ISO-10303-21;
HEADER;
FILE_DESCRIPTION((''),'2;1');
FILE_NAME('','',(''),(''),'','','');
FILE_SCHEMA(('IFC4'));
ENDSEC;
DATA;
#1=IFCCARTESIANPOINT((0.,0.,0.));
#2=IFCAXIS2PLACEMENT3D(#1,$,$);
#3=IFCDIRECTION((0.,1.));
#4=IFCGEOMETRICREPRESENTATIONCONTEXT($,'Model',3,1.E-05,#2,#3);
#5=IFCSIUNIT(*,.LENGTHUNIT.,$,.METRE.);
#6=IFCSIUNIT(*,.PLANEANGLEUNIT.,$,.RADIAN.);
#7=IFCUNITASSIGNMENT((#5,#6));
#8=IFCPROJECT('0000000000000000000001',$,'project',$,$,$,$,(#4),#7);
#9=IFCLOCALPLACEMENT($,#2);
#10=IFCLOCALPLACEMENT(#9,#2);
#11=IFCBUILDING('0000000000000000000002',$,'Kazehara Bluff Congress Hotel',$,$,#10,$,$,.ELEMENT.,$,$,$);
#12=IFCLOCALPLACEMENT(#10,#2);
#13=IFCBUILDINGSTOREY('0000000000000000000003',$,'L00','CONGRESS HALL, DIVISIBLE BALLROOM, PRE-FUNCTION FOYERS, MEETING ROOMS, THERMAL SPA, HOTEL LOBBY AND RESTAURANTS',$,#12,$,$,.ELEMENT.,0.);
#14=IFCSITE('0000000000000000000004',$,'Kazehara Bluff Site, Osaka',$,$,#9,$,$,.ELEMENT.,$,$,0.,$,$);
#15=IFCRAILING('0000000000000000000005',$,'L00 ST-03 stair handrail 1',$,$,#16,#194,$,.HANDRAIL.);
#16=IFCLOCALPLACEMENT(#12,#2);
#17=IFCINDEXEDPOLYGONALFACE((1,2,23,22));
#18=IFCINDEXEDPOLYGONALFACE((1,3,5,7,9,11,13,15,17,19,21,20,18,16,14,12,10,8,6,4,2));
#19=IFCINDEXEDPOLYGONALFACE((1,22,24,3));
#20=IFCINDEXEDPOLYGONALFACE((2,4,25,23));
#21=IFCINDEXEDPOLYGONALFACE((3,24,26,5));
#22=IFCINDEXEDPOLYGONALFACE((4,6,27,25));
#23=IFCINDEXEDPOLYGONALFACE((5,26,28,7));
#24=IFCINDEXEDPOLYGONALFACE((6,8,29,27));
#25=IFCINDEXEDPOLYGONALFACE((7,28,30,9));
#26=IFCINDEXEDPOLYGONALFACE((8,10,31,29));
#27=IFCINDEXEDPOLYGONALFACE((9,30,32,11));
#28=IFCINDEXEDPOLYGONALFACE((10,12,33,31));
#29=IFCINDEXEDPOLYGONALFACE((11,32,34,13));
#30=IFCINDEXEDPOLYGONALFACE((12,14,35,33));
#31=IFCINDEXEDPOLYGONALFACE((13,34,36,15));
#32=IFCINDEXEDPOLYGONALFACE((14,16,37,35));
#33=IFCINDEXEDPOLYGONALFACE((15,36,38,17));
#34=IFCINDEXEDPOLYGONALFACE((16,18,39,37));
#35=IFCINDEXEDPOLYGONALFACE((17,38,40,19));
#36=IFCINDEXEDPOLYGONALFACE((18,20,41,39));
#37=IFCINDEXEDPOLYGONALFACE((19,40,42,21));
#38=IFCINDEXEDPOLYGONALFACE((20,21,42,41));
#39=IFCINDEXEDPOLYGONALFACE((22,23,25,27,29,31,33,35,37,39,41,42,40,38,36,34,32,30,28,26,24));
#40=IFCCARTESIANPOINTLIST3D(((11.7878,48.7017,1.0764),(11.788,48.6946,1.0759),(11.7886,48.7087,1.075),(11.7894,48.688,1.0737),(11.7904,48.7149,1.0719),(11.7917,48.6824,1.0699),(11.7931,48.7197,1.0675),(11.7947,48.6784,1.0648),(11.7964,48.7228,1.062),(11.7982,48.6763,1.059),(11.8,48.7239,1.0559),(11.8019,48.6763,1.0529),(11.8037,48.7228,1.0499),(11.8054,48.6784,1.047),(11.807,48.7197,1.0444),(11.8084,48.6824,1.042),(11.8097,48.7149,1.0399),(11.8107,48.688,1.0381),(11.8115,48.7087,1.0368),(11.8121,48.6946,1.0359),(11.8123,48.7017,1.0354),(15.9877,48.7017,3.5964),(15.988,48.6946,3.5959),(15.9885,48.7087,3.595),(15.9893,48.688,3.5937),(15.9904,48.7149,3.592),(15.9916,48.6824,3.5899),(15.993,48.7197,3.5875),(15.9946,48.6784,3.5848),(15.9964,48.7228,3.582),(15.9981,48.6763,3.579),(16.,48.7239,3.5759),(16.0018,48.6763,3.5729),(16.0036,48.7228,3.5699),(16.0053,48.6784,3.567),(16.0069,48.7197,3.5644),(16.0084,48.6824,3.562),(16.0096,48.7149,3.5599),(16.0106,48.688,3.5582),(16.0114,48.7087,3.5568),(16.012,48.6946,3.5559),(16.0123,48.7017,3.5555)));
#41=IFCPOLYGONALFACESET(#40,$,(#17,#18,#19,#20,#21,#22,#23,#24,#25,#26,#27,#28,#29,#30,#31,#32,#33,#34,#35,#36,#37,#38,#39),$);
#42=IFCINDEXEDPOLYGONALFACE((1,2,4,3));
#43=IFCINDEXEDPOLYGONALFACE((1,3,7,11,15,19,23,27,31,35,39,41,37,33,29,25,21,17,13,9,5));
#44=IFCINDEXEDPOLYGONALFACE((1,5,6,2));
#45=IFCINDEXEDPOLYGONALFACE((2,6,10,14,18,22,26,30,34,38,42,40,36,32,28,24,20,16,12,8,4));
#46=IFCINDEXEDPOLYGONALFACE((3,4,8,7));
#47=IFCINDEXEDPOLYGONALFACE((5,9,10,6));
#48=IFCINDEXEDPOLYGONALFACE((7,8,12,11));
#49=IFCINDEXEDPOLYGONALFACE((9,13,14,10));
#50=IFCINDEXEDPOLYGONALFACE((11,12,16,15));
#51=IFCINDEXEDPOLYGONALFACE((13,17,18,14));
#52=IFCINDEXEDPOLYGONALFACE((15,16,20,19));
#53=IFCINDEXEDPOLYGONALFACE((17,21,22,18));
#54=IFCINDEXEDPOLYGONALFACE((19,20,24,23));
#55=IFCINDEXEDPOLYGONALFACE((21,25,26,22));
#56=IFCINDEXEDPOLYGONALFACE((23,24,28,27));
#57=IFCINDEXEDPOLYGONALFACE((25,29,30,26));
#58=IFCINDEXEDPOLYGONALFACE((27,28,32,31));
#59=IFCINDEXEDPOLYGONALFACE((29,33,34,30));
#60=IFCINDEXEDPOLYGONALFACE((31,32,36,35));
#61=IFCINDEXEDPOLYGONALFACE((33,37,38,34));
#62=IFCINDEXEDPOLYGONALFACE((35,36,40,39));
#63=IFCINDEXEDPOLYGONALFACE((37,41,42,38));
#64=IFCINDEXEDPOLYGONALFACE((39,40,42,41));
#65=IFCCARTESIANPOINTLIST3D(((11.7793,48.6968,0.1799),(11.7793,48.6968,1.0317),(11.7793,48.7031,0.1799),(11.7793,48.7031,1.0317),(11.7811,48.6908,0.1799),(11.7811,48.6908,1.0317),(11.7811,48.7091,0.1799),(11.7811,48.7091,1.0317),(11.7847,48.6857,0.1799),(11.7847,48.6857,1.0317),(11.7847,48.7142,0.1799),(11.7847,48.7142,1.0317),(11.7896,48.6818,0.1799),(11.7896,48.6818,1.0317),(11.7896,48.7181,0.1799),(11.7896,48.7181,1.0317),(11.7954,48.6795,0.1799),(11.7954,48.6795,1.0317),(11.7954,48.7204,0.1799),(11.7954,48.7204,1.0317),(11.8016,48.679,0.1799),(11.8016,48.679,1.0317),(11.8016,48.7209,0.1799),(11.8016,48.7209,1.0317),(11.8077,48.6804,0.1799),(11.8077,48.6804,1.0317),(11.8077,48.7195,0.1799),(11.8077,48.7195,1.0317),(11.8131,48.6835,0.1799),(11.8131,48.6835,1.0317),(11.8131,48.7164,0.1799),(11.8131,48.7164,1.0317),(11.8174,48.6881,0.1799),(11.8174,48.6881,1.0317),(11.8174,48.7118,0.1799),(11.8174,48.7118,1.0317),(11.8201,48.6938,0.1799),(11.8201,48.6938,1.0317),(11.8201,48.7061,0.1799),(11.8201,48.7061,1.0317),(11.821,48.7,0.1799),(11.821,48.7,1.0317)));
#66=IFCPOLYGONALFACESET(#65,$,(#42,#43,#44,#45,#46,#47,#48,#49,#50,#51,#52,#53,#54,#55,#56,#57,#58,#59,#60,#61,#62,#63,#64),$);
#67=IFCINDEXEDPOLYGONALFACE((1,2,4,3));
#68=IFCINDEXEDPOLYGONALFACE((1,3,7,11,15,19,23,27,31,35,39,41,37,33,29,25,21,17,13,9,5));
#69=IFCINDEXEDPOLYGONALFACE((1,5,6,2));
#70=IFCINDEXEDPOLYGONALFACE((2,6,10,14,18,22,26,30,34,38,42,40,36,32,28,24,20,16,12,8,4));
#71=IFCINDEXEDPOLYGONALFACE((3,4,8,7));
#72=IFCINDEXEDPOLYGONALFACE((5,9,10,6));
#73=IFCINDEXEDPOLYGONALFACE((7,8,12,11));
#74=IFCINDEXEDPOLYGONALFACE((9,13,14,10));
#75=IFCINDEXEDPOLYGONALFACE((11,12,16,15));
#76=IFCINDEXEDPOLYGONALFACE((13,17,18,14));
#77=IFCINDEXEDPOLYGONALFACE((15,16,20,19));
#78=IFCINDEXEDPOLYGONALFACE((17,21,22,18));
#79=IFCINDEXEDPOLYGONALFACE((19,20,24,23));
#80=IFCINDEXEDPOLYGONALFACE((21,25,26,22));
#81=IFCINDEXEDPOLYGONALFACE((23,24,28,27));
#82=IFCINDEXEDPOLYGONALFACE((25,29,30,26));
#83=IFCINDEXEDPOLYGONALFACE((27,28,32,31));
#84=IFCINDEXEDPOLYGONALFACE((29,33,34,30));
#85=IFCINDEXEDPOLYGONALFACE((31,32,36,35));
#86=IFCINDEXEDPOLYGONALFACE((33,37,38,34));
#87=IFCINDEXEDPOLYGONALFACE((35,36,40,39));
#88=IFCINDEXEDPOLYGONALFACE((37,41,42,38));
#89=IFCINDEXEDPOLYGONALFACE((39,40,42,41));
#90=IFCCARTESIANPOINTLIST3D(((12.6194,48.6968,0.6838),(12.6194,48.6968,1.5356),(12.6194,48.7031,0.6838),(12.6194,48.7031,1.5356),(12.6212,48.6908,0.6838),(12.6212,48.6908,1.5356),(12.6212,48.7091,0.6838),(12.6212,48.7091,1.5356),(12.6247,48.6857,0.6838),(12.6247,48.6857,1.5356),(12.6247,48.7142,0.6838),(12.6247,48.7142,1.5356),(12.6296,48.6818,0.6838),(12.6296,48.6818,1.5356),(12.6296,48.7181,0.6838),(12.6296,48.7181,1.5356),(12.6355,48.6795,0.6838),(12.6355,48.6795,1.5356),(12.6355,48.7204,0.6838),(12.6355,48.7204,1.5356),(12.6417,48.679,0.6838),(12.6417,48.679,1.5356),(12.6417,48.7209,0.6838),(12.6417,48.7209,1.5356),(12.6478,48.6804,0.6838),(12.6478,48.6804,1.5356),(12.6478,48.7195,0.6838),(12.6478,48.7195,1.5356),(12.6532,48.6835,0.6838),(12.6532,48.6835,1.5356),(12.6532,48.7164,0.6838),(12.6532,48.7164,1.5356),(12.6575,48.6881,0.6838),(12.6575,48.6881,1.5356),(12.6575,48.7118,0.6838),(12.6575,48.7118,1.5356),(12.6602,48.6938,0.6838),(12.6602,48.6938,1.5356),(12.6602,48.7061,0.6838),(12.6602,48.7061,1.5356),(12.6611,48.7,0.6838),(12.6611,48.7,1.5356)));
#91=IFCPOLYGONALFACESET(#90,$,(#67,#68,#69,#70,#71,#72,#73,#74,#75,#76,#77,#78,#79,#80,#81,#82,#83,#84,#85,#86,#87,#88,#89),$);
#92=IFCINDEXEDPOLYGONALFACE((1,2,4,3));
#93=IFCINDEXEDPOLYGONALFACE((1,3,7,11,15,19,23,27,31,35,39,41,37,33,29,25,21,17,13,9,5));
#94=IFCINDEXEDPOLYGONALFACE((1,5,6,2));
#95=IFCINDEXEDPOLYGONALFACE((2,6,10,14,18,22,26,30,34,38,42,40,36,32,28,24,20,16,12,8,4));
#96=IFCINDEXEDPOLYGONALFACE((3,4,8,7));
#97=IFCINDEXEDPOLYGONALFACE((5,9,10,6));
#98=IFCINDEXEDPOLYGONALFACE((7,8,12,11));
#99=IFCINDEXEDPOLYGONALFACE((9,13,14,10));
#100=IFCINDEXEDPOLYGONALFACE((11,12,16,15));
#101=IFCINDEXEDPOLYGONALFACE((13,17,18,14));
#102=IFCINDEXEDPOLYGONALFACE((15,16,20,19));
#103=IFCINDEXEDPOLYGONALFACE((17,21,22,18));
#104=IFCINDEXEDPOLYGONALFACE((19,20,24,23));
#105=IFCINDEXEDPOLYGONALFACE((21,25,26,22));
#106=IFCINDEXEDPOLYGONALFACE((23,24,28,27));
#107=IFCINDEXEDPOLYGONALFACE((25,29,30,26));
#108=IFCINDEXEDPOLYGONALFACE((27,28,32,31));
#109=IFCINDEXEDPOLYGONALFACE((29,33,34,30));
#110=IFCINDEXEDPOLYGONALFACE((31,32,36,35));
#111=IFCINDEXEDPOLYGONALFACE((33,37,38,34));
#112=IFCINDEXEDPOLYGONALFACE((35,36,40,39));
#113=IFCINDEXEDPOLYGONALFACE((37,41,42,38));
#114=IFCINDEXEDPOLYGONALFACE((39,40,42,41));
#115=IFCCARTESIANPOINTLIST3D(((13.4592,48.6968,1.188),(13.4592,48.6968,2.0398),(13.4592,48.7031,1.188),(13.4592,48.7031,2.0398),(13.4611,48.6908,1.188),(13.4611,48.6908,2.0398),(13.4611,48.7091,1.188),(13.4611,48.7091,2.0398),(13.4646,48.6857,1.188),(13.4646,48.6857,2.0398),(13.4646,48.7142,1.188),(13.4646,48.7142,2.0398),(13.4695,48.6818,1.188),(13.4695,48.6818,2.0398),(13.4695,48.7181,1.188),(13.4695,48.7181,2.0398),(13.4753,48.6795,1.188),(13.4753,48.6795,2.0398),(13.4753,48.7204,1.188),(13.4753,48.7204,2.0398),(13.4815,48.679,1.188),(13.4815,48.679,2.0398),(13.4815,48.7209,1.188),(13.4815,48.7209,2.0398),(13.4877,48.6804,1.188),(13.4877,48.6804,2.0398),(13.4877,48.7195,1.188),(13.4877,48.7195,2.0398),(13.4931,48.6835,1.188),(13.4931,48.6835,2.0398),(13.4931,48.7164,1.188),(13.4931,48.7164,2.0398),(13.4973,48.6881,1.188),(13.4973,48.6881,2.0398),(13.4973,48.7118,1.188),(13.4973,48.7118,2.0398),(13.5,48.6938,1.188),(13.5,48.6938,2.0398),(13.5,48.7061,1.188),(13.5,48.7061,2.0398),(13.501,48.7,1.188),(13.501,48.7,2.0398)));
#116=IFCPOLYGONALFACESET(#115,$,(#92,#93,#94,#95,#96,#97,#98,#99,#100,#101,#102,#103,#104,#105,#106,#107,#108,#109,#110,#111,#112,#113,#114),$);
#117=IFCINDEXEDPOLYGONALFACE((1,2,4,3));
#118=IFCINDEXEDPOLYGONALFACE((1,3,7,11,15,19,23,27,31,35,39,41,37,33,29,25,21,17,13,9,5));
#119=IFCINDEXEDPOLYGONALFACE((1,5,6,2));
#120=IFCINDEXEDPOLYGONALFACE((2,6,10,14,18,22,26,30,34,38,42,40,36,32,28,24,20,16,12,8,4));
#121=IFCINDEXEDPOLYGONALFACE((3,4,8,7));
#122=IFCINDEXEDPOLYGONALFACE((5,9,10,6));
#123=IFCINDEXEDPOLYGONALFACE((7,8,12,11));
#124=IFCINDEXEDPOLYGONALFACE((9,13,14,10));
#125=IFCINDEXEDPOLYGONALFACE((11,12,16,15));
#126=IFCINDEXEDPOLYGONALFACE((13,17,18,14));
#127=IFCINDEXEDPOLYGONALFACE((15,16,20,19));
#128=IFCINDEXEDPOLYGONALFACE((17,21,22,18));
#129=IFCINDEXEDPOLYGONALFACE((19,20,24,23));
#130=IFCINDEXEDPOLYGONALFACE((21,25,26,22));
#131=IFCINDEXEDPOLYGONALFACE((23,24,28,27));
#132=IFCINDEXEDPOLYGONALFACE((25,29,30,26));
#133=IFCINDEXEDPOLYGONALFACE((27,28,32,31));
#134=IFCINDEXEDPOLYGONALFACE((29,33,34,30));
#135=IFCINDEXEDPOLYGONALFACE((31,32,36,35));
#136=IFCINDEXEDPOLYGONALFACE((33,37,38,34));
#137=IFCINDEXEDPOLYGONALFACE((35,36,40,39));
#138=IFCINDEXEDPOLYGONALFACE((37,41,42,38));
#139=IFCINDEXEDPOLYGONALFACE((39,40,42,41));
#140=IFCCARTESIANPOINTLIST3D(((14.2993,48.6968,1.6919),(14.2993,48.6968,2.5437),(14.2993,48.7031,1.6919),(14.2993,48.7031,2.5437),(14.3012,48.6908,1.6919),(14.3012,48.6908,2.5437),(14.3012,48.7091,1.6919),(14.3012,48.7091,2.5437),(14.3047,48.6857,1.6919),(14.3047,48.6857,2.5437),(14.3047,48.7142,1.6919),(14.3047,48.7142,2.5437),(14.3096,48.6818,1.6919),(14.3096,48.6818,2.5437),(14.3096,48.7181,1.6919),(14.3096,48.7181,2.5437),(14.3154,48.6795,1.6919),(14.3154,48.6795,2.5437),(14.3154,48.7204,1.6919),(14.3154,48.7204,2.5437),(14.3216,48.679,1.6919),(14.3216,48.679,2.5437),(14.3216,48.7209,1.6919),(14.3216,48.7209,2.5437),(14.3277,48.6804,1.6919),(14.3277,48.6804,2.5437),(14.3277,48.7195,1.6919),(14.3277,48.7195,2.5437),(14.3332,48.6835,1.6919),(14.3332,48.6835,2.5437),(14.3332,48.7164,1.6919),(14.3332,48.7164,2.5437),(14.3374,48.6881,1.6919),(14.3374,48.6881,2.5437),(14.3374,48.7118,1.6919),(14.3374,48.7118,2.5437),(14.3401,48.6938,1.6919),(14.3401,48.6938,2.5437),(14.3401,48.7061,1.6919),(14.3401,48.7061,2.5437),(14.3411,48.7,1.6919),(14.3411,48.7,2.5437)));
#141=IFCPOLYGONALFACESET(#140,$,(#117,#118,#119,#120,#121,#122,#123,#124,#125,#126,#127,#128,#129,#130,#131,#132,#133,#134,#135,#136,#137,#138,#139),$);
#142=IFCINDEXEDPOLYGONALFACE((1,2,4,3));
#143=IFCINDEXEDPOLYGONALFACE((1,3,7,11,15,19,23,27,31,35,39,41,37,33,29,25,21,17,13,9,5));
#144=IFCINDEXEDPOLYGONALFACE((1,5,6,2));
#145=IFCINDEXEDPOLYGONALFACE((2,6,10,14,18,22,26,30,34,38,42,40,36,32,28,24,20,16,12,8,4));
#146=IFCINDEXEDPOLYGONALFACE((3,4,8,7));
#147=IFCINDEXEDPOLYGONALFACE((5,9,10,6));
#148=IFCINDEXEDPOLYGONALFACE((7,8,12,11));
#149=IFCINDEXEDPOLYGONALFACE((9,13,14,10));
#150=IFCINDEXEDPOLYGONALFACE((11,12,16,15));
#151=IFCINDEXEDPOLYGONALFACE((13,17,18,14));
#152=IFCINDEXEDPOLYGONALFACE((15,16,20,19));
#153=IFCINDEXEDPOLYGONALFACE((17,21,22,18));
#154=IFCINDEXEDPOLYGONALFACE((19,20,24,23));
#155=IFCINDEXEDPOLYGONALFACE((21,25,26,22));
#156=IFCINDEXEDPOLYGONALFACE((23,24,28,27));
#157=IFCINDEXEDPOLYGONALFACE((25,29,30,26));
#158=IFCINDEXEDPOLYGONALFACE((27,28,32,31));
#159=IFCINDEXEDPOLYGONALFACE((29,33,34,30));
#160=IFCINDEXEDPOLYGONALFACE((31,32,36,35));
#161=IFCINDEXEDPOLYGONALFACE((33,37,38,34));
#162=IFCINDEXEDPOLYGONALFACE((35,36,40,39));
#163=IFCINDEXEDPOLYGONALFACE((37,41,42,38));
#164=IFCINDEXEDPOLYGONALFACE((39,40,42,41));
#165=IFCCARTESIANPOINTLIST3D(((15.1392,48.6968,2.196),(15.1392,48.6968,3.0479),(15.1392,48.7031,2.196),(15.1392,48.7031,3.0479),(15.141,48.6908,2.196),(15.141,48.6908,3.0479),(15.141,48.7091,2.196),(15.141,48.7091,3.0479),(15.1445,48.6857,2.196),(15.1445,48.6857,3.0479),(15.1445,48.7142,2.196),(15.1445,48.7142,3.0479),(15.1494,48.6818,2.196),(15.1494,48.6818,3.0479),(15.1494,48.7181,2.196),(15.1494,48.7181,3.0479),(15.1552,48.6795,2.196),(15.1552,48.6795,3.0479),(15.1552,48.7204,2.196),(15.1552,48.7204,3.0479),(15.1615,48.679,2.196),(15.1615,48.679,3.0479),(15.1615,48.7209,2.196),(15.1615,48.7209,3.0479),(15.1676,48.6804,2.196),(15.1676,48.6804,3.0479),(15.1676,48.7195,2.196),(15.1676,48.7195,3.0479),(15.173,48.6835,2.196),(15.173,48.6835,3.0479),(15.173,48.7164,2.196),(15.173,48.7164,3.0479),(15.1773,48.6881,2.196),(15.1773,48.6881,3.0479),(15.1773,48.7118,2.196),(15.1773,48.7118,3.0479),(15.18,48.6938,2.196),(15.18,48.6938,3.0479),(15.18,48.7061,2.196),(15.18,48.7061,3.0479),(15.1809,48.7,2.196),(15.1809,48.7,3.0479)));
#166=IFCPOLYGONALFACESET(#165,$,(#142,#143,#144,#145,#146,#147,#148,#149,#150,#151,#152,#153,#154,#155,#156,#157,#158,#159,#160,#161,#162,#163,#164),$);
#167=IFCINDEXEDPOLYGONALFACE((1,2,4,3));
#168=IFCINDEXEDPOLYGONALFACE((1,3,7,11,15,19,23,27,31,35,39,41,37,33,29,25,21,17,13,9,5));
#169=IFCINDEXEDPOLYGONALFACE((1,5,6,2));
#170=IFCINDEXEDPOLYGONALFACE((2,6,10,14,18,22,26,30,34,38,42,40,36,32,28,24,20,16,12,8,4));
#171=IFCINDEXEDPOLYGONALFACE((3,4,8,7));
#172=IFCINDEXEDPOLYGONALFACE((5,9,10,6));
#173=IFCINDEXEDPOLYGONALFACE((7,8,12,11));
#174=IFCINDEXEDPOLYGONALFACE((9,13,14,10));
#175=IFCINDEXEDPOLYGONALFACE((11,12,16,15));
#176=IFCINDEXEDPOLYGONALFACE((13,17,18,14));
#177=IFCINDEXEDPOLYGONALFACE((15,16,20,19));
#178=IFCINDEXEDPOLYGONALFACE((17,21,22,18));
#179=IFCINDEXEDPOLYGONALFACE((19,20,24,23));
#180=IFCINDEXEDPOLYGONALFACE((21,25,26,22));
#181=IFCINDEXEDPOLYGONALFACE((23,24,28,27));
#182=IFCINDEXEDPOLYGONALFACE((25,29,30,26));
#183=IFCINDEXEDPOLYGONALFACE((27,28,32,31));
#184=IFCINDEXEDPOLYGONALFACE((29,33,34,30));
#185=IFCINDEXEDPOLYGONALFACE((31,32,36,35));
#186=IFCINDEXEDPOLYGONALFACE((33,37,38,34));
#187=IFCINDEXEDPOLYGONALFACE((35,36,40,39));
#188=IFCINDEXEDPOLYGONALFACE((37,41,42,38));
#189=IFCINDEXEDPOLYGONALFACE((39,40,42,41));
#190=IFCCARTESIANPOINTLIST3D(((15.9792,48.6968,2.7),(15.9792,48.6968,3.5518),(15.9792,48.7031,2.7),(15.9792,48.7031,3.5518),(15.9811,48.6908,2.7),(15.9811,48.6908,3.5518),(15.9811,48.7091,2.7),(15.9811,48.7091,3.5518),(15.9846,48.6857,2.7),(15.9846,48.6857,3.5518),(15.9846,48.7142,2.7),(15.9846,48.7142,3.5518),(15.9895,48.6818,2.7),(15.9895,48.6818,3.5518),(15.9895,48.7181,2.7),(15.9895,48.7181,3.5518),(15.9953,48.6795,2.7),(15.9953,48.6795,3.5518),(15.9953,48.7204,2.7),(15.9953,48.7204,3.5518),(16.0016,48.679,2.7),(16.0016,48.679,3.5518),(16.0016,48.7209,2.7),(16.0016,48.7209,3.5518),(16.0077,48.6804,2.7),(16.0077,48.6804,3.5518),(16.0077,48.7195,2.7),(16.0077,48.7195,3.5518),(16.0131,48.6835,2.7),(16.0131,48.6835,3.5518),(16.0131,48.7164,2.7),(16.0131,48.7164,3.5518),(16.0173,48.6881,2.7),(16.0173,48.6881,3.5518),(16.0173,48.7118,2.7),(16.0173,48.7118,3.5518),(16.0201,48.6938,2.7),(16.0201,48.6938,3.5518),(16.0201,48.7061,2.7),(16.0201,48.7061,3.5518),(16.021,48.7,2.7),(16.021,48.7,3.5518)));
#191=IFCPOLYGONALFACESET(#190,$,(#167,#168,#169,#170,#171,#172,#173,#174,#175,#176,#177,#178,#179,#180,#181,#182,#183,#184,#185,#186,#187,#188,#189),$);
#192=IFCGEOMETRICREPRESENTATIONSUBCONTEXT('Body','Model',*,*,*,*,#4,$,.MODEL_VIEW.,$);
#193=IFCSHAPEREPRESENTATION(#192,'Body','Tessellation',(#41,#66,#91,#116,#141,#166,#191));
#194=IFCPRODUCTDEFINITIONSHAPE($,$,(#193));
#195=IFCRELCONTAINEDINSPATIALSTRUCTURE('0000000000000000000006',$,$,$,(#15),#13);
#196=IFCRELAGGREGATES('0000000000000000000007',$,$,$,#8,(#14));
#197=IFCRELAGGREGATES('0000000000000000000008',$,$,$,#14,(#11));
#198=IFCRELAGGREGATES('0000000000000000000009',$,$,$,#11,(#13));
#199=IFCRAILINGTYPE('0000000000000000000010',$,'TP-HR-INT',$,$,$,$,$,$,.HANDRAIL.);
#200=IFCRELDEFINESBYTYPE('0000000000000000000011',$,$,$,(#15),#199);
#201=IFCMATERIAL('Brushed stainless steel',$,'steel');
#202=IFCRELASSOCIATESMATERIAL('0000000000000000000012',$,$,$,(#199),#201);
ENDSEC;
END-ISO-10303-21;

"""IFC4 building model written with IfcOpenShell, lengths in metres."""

from ifc_helpers import new_model, si_unit, direction, frame, origin, origin_2d, place, context, subcontext, project, spatial, circle, extrude, material, type_object, element, save


model = new_model("IFC4")

# Units and contexts
model_context = context("Model", 3, precision=1e-05, world=origin(), true_north=direction((0.0, 1.0)))
body_context = subcontext(model_context, "Body", "Model", "MODEL_VIEW")
ifc_project = project(units=[si_unit("LENGTHUNIT", "METRE"), si_unit("PLANEANGLEUNIT", "RADIAN")], contexts=[model_context])

# Site, building, storey
site_placement = place(None, origin())
site = spatial("IfcSite", under=ifc_project, at=site_placement, Name="Kazehara Bluff Site, Osaka", CompositionType="ELEMENT", RefElevation=0.0)
building_placement = place(site_placement, origin())
building = spatial("IfcBuilding", under=site, at=building_placement, Name="Kazehara Bluff Congress Hotel", CompositionType="ELEMENT")
storey_placement = place(building_placement, origin())
storey = spatial("IfcBuildingStorey", under=building, at=storey_placement, Name="L00", Description="CONGRESS HALL, DIVISIBLE BALLROOM, PRE-FUNCTION FOYERS, MEETING ROOMS, THERMAL SPA, HOTEL LOBBY AND RESTAURANTS", CompositionType="ELEMENT", Elevation=0.0)

# Railing
ifc_material_1 = material(Name="Brushed stainless steel", Category="steel")
railing_type_1 = type_object("IfcRailingType", Name="TP-HR-INT", PredefinedType="HANDRAIL", material=ifc_material_1)
railing_1_placement = place(storey_placement, frame((11.8, 48.7, 0.1799)))
element("IfcRailing", 1, at=railing_1_placement, inside=storey, type_object=railing_type_1, Name="L00 ST-03 stair handrail 1", PredefinedType="HANDRAIL", context=body_context, shape_type="SweptSolid", body=[
    extrude(circle(Radius=0.0239, at=origin_2d()), frame((0.0, 0.0, 0.876), z_axis=(0.857489, 0.0, 0.514503), x_axis=(0.0, 1.0, 0.0)), (0.0, 0.0, 1.0), 4.8979),
    extrude(circle(Radius=0.021, at=origin_2d()), origin(), (0.0, 0.0, 1.0), 0.8518),
    extrude(circle(Radius=0.021, at=origin_2d()), frame((0.8401, 0.0, 0.5039)), (0.0, 0.0, 1.0), 0.8518),
    extrude(circle(Radius=0.021, at=origin_2d()), frame((1.6799, 0.0, 1.0081)), (0.0, 0.0, 1.0), 0.8518),
    extrude(circle(Radius=0.021, at=origin_2d()), frame((2.52, 0.0, 1.512)), (0.0, 0.0, 1.0), 0.8518),
    extrude(circle(Radius=0.021, at=origin_2d()), frame((3.3599, 0.0, 2.0161)), (0.0, 0.0, 1.0), 0.8518),
    extrude(circle(Radius=0.021, at=origin_2d()), frame((4.2, 0.0, 2.52)), (0.0, 0.0, 1.0), 0.8518),
])

save(model, "model.ifc")
